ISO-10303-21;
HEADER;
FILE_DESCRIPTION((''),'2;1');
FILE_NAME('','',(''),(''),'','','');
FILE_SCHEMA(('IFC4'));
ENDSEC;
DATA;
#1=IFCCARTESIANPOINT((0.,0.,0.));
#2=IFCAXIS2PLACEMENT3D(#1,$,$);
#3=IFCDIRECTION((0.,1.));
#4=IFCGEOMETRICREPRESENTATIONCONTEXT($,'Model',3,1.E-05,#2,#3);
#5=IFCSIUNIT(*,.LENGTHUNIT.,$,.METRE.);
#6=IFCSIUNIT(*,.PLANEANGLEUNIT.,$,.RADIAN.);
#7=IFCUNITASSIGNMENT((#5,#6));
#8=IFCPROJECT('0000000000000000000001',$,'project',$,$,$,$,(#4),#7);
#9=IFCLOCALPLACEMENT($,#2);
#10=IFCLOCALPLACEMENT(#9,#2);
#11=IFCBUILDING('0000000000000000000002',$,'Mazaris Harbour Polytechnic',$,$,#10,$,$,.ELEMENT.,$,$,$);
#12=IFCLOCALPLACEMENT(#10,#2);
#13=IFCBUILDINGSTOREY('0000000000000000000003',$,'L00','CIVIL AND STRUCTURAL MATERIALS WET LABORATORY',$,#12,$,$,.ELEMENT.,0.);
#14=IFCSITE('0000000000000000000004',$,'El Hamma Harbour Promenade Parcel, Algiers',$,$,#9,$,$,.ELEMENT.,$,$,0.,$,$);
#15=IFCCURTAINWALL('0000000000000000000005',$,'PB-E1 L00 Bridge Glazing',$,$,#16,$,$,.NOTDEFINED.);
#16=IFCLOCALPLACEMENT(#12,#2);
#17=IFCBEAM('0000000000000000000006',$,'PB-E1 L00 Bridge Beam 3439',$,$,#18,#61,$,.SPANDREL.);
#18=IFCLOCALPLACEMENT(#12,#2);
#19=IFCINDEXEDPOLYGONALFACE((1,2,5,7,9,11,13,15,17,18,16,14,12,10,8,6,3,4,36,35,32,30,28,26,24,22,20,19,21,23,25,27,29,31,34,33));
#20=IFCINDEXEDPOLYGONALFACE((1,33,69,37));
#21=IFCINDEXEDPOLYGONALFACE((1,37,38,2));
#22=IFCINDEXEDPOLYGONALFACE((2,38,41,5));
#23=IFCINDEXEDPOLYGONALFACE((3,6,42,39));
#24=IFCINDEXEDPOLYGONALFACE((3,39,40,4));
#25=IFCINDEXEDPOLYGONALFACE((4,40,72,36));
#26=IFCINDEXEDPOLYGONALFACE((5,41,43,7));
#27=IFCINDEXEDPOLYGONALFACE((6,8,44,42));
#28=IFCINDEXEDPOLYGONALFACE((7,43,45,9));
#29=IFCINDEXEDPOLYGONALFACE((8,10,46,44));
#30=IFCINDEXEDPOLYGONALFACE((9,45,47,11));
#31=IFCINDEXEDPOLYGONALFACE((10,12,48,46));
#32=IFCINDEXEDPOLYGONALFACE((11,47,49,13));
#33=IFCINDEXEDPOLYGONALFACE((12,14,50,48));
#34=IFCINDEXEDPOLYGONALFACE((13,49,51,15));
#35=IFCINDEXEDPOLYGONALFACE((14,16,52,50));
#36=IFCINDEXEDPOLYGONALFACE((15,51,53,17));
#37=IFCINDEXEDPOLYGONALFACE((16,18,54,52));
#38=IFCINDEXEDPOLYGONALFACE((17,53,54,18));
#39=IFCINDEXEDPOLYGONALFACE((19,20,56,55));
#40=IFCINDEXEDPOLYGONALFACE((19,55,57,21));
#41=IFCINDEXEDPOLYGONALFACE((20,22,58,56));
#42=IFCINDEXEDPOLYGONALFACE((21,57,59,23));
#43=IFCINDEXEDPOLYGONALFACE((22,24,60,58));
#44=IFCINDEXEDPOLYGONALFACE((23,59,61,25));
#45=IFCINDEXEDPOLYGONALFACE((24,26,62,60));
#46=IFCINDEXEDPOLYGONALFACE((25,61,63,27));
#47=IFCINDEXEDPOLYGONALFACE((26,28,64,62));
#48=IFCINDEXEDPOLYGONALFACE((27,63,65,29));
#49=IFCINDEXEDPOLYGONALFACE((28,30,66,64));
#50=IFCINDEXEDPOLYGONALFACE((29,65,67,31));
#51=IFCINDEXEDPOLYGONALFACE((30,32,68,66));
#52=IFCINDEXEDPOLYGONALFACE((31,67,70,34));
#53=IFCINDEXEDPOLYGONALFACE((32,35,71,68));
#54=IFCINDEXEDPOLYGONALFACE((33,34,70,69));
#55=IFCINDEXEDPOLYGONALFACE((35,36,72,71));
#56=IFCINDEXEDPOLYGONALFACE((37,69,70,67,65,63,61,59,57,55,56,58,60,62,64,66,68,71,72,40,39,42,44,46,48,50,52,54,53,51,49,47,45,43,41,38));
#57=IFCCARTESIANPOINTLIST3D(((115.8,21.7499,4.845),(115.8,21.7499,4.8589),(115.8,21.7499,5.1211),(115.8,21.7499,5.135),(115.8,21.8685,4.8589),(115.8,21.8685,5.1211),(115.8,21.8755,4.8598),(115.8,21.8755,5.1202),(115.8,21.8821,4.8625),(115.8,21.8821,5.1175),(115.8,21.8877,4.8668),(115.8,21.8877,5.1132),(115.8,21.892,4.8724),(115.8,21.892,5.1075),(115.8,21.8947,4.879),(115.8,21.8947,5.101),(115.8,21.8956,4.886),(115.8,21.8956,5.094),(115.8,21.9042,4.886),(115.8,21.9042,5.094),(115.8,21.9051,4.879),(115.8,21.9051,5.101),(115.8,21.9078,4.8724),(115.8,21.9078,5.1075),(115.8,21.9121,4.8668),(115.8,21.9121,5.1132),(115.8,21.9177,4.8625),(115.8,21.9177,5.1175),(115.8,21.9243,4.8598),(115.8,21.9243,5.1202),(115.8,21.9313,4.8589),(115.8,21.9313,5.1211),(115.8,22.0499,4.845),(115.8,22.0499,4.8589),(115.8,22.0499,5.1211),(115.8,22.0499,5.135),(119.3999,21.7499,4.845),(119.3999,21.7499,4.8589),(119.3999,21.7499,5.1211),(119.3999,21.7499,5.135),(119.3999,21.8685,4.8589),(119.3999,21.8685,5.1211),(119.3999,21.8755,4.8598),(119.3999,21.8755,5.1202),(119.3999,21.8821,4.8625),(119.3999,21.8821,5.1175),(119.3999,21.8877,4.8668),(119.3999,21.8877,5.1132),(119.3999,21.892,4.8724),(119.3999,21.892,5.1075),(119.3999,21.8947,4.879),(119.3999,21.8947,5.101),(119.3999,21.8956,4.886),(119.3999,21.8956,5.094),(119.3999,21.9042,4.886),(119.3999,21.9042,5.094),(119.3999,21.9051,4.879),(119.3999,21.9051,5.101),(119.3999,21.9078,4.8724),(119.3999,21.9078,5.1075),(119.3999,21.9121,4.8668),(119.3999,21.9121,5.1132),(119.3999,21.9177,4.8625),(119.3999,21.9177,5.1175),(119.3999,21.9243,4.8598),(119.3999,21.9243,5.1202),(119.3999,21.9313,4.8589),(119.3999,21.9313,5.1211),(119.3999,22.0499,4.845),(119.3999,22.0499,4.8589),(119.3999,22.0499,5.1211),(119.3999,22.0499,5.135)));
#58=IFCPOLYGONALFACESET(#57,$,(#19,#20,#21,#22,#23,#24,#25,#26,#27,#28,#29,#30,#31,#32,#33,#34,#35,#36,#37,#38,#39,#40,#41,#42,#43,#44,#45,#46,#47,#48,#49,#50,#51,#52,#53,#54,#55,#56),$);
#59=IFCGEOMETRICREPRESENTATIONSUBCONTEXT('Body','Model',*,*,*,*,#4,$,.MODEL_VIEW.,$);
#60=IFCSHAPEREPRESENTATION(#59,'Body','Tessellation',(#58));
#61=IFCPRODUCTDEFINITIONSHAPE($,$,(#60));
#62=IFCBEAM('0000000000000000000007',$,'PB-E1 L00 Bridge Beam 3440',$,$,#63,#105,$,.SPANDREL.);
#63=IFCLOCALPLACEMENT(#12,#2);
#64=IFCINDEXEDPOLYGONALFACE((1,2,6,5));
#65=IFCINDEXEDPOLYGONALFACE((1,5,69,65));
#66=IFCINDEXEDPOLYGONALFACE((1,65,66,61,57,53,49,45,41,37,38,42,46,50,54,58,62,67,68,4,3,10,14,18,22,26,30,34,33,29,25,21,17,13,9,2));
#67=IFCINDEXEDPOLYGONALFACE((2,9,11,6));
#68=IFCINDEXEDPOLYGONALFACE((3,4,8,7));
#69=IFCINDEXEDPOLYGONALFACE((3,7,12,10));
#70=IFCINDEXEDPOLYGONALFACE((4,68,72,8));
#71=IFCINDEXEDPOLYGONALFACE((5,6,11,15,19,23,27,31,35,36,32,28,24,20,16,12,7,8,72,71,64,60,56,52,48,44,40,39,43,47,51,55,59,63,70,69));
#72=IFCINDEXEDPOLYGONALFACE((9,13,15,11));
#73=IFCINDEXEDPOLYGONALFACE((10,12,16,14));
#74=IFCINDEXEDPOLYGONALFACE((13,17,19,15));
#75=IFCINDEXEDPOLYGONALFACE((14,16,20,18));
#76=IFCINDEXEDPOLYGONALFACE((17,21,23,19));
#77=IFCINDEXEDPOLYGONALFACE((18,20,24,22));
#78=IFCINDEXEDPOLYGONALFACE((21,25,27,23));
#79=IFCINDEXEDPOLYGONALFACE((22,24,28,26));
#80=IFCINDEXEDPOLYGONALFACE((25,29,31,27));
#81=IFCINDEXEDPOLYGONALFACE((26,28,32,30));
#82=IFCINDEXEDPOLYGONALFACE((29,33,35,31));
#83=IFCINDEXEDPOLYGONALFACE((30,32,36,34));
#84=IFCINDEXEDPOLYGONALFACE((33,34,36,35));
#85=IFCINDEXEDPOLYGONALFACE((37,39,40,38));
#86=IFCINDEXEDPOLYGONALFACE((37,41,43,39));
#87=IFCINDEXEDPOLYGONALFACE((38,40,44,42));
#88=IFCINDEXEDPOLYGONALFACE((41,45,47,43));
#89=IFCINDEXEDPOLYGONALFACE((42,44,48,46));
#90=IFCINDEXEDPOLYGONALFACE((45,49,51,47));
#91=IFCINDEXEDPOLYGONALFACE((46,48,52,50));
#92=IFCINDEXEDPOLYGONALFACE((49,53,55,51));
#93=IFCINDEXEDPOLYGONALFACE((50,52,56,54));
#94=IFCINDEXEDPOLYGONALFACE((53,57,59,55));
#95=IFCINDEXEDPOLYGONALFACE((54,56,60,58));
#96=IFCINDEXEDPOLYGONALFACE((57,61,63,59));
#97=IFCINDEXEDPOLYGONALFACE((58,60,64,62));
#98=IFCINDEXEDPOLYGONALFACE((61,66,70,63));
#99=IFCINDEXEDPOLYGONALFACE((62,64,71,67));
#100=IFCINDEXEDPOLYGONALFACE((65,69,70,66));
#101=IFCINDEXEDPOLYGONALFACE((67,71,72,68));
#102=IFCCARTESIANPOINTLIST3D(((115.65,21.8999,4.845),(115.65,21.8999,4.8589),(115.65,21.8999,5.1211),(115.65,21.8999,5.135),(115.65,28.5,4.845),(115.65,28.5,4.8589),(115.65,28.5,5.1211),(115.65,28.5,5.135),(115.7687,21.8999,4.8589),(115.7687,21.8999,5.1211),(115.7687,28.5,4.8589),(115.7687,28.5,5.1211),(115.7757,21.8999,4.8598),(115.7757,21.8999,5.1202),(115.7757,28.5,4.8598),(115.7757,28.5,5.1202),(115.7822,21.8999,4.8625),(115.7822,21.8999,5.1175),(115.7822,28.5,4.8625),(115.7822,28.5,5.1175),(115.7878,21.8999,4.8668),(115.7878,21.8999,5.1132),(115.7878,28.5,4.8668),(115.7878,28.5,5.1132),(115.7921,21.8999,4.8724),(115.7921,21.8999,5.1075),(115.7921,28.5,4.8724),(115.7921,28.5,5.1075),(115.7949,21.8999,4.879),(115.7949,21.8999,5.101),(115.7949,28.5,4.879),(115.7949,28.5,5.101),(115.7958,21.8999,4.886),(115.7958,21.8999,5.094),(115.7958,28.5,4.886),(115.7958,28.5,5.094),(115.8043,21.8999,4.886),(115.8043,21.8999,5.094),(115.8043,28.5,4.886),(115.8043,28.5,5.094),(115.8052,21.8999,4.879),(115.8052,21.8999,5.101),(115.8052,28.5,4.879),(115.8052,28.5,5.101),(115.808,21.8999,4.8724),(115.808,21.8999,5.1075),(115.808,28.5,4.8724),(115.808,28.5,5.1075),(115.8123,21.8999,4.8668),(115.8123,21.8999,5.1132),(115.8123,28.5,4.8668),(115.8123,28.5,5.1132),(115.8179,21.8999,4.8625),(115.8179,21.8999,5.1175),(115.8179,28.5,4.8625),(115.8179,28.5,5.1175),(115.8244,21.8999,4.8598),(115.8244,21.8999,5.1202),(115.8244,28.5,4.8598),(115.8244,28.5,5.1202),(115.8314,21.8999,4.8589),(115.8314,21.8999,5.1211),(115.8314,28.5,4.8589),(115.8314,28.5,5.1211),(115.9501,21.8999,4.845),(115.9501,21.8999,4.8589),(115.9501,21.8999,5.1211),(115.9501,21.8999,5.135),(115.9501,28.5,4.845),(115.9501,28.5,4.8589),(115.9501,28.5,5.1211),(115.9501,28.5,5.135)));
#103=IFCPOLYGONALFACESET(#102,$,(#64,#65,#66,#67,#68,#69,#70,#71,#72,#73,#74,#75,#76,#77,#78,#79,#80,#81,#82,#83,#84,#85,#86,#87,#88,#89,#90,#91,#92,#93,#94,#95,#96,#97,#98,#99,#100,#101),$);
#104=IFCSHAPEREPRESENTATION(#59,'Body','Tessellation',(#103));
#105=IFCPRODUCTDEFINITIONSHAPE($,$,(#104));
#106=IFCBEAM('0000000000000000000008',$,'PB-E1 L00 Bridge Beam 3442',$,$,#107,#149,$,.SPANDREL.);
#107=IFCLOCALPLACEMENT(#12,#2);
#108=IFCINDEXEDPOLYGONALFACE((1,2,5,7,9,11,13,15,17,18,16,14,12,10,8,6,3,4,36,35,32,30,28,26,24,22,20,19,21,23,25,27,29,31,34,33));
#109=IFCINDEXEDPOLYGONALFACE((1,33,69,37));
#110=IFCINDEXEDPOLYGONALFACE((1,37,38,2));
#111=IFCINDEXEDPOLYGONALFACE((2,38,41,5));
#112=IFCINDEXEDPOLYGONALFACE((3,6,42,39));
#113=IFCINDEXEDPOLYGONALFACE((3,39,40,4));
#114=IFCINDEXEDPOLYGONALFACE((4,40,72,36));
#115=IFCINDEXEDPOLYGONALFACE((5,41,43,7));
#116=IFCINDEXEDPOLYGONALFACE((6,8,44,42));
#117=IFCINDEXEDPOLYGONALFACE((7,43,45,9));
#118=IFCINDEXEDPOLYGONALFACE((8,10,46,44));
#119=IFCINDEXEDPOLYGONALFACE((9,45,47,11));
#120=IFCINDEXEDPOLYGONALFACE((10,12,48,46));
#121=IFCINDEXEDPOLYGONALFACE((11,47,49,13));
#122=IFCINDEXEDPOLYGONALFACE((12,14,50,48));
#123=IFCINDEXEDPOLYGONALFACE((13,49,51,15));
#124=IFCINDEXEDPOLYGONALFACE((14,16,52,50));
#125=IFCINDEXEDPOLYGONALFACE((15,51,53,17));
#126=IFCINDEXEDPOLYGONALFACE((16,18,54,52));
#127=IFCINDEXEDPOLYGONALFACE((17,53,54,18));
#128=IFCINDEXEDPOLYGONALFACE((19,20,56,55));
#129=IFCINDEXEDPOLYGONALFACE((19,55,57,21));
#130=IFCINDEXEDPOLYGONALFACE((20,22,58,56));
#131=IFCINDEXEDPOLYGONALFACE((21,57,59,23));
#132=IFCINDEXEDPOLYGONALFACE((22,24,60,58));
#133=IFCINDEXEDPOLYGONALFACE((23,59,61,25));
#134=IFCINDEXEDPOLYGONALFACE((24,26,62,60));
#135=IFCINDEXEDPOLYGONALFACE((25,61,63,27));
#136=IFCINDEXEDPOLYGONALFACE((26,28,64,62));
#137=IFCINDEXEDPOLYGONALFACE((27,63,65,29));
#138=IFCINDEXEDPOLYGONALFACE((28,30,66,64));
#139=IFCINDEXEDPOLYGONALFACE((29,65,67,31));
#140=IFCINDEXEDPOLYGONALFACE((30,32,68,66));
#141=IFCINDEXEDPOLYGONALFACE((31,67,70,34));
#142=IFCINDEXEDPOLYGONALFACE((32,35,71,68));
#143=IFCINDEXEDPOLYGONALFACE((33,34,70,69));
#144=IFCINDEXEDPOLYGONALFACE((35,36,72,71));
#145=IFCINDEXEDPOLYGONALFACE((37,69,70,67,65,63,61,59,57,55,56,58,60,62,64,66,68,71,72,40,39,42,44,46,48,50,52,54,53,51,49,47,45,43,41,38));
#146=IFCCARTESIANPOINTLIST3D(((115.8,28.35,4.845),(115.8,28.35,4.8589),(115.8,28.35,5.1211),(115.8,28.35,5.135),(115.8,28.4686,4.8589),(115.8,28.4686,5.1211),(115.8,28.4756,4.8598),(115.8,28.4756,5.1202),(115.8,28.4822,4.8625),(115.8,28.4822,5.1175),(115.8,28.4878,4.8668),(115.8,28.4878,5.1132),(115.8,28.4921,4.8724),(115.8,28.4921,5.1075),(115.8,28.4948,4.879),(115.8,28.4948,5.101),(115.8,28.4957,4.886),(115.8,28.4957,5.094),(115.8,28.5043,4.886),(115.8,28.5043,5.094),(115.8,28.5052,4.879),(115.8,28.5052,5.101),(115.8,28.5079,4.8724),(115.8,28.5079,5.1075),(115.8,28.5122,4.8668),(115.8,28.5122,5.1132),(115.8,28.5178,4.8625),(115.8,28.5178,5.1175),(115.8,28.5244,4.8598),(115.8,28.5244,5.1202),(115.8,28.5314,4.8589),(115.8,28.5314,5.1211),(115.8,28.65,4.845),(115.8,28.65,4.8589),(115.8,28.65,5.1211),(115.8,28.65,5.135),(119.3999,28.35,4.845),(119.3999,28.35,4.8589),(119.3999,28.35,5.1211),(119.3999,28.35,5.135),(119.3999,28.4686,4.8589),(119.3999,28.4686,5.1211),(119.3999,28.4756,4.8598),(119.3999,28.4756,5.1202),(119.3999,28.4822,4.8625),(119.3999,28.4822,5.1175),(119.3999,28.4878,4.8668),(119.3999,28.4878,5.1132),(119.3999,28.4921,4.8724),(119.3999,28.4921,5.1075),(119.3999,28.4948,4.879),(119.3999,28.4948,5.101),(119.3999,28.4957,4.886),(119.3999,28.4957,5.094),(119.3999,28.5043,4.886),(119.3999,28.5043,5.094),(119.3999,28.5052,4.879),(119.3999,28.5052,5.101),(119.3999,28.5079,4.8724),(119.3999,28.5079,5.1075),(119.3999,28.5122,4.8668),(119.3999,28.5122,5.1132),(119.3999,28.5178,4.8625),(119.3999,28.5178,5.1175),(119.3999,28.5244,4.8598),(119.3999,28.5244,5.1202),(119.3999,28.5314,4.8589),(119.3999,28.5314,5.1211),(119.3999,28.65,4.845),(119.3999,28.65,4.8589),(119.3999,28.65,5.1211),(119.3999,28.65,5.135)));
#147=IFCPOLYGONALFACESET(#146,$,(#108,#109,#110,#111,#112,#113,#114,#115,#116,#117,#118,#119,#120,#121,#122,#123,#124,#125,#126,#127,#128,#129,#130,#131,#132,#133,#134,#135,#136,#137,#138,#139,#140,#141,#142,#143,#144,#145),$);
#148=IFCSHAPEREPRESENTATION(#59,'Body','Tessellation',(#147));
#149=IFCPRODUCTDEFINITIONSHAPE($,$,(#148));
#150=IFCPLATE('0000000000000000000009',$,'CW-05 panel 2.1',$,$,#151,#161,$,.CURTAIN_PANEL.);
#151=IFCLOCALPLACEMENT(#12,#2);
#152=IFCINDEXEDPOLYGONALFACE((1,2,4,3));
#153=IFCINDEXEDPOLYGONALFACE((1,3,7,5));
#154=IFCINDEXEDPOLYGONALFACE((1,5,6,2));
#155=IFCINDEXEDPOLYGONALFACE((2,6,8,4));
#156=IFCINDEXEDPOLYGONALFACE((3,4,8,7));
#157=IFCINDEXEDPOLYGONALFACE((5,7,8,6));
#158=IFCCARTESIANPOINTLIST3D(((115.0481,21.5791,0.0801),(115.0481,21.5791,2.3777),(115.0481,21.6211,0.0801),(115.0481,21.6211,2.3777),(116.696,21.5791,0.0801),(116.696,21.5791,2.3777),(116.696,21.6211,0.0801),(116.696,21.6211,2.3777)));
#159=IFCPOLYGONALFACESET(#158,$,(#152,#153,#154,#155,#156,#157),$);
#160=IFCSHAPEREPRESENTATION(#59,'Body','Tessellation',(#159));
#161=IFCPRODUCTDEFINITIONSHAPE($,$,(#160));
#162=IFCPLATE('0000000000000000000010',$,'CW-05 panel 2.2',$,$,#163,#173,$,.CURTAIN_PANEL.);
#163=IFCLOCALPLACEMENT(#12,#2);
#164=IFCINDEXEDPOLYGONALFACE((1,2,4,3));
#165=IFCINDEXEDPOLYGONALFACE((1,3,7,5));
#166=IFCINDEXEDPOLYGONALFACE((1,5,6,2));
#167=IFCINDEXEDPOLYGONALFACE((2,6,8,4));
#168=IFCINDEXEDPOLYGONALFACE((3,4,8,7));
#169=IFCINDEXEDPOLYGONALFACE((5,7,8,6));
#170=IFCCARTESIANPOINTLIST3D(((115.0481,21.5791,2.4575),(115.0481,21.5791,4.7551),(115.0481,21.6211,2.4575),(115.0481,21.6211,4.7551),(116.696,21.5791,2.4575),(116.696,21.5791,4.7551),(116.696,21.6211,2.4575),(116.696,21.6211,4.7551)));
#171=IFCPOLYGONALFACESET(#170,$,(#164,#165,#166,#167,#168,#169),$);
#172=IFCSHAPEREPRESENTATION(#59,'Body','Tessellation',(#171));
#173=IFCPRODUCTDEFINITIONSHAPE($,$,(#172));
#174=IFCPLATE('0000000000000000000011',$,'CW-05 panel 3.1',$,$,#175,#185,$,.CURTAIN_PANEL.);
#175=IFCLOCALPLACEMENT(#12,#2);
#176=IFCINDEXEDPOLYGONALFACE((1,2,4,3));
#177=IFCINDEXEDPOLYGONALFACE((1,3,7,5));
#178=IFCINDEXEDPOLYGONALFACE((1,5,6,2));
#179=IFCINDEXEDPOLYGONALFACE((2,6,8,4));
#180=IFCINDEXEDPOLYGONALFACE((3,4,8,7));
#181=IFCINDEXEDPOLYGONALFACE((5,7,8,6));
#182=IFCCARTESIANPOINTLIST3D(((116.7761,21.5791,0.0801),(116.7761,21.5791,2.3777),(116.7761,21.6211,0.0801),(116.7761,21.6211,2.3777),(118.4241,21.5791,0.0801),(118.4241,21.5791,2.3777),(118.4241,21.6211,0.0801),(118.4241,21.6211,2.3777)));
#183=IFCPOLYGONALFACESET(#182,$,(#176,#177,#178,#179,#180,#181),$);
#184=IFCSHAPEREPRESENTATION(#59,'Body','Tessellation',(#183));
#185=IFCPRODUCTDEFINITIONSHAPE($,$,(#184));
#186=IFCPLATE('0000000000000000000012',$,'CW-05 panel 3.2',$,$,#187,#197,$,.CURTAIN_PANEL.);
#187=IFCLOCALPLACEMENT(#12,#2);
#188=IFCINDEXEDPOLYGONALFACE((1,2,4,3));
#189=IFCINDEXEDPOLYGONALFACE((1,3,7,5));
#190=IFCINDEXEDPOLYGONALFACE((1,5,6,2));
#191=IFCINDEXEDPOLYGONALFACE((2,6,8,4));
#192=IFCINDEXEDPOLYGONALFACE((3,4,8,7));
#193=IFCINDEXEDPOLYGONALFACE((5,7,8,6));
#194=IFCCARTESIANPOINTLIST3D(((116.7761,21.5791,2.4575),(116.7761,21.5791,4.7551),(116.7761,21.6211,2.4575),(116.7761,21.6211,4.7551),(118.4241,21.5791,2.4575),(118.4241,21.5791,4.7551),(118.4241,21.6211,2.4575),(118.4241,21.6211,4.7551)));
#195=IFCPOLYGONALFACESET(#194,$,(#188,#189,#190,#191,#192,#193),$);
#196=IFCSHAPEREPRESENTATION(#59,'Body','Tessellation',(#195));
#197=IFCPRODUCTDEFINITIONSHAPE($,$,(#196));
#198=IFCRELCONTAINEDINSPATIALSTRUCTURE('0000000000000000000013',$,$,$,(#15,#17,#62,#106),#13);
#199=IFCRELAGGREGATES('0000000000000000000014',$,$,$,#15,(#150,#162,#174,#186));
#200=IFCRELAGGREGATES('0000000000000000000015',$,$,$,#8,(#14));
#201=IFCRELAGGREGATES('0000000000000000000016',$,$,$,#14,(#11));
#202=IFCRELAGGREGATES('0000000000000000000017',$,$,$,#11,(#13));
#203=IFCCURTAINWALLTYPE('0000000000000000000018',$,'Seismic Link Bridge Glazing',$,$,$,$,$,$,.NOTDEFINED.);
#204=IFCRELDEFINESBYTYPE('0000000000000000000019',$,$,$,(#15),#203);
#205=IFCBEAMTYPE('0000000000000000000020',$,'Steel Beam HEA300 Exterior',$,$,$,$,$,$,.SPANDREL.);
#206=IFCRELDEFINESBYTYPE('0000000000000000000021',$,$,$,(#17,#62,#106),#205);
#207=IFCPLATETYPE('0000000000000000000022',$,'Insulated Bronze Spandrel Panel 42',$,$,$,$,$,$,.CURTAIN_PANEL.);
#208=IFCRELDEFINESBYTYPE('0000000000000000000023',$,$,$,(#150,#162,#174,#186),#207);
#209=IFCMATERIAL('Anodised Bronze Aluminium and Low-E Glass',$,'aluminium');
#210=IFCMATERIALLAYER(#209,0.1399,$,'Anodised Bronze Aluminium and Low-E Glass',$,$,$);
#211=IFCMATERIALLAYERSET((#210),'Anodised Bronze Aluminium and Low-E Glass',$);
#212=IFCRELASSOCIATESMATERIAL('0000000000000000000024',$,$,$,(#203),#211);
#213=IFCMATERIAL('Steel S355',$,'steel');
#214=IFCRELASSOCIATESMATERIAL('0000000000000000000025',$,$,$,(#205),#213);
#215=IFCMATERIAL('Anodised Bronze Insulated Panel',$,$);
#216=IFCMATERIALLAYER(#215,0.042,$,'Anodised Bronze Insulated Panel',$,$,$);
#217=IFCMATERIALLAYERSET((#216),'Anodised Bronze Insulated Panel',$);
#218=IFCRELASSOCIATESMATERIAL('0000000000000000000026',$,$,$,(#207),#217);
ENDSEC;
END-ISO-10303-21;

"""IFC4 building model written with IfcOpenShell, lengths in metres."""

from ifc_helpers import new_model, si_unit, direction, frame, origin, origin_2d, place, context, subcontext, project, spatial, rectangle, i_section, extrude, material, layer, layer_set, material_profile, profile_set, type_object, element, aggregate, save


model = new_model("IFC4")

# Units and contexts
model_context = context("Model", 3, precision=1e-05, world=origin(), true_north=direction((0.0, 1.0)))
body_context = subcontext(model_context, "Body", "Model", "MODEL_VIEW")
ifc_project = project(units=[si_unit("LENGTHUNIT", "METRE"), si_unit("PLANEANGLEUNIT", "RADIAN")], contexts=[model_context])

# Site, building, storey
site_placement = place(None, origin())
site = spatial("IfcSite", under=ifc_project, at=site_placement, Name="El Hamma Harbour Promenade Parcel, Algiers", CompositionType="ELEMENT", RefElevation=0.0)
building_placement = place(site_placement, origin())
building = spatial("IfcBuilding", under=site, at=building_placement, Name="Mazaris Harbour Polytechnic", CompositionType="ELEMENT")
storey_placement = place(building_placement, origin())
storey = spatial("IfcBuildingStorey", under=building, at=storey_placement, Name="L00", Description="CIVIL AND STRUCTURAL MATERIALS WET LABORATORY", CompositionType="ELEMENT", Elevation=0.0)

# Curtain wall
ifc_material_1 = material(Name="Anodised Bronze Aluminium and Low-E Glass", Category="aluminium")
ifc_layer_1 = layer(ifc_material_1, 0.1399, Name="Anodised Bronze Aluminium and Low-E Glass")
ifc_layer_set_1 = layer_set([ifc_layer_1], Name="Anodised Bronze Aluminium and Low-E Glass")
curtain_wall_type = type_object("IfcCurtainWallType", Name="Seismic Link Bridge Glazing", PredefinedType="NOTDEFINED", material=ifc_layer_set_1)
curtain_wall_1_placement = place(storey_placement, origin())
curtain_wall_1 = element("IfcCurtainWall", 1, at=curtain_wall_1_placement, inside=storey, type_object=curtain_wall_type, Name="PB-E1 L00 Bridge Glazing", PredefinedType="NOTDEFINED")

# Beams
ifc_material_2 = material(Name="Steel S355", Category="steel")
ifc_material_profile_1 = material_profile(ifc_material_2, i_section(OverallWidth=0.3, OverallDepth=0.29, WebThickness=0.0085, FlangeThickness=0.0139, FilletRadius=0.0271, at=origin_2d()), Name="HEA 300")
ifc_profile_set_1 = profile_set([ifc_material_profile_1], Name="Steel S355")
beam_type = type_object("IfcBeamType", Name="Steel Beam HEA300 Exterior", PredefinedType="SPANDREL", material=ifc_profile_set_1)
beam_1_placement = place(storey_placement, frame((115.8, 21.8999, 4.99), z_axis=(1.0, 0.0, 0.0), x_axis=(0.0, 1.0, 0.0)))
element("IfcBeam", 2, at=beam_1_placement, inside=storey, type_object=beam_type, Name="PB-E1 L00 Bridge Beam 3439", PredefinedType="SPANDREL", context=body_context, shape_type="SweptSolid", body=[
    extrude(i_section(OverallWidth=0.3, OverallDepth=0.29, WebThickness=0.0085, FlangeThickness=0.0139, FilletRadius=0.0271, at=origin_2d()), origin(), (0.0, 0.0, 1.0), 3.5999),
])
beam_2_placement = place(storey_placement, frame((115.8, 21.8999, 4.99), z_axis=(0.0, 1.0, 0.0), x_axis=(-1.0, 0.0, 0.0)))
element("IfcBeam", 3, at=beam_2_placement, inside=storey, type_object=beam_type, Name="PB-E1 L00 Bridge Beam 3440", PredefinedType="SPANDREL", context=body_context, shape_type="SweptSolid", body=[
    extrude(i_section(OverallWidth=0.3, OverallDepth=0.29, WebThickness=0.0085, FlangeThickness=0.0139, FilletRadius=0.0271, at=origin_2d()), origin(), (0.0, 0.0, 1.0), 6.6001),
])
beam_3_placement = place(storey_placement, frame((115.8, 28.5, 4.99), z_axis=(1.0, 0.0, 0.0), x_axis=(0.0, 1.0, 0.0)))
element("IfcBeam", 4, at=beam_3_placement, inside=storey, type_object=beam_type, Name="PB-E1 L00 Bridge Beam 3442", PredefinedType="SPANDREL", context=body_context, shape_type="SweptSolid", body=[
    extrude(i_section(OverallWidth=0.3, OverallDepth=0.29, WebThickness=0.0085, FlangeThickness=0.0139, FilletRadius=0.0271, at=origin_2d()), origin(), (0.0, 0.0, 1.0), 3.5999),
])

# Plates
ifc_material_3 = material(Name="Anodised Bronze Insulated Panel")
ifc_layer_2 = layer(ifc_material_3, 0.042, Name="Anodised Bronze Insulated Panel")
ifc_layer_set_2 = layer_set([ifc_layer_2], Name="Anodised Bronze Insulated Panel")
plate_type_1 = type_object("IfcPlateType", Name="Insulated Bronze Spandrel Panel 42", PredefinedType="CURTAIN_PANEL", material=ifc_layer_set_2)
plate_1_placement = place(storey_placement, frame((115.8721, 21.6001, 0.0801), z_axis=(0.0, 0.0, 1.0), x_axis=(1.0, 0.0, 0.0)))
plate_1 = element("IfcPlate", 5, at=plate_1_placement, type_object=plate_type_1, Name="CW-05 panel 2.1", PredefinedType="CURTAIN_PANEL", context=body_context, shape_type="SweptSolid", body=[
    extrude(rectangle(XDim=1.6479, YDim=0.042, at=origin_2d()), origin(), (0.0, 0.0, 1.0), 2.2976),
])
plate_2_placement = place(storey_placement, frame((115.8721, 21.6001, 2.4575), z_axis=(0.0, 0.0, 1.0), x_axis=(1.0, 0.0, 0.0)))
plate_2 = element("IfcPlate", 6, at=plate_2_placement, type_object=plate_type_1, Name="CW-05 panel 2.2", PredefinedType="CURTAIN_PANEL", context=body_context, shape_type="SweptSolid", body=[
    extrude(rectangle(XDim=1.6479, YDim=0.042, at=origin_2d()), origin(), (0.0, 0.0, 1.0), 2.2976),
])
plate_3_placement = place(storey_placement, frame((117.6001, 21.6001, 0.0801), z_axis=(0.0, 0.0, 1.0), x_axis=(1.0, 0.0, 0.0)))
plate_3 = element("IfcPlate", 7, at=plate_3_placement, type_object=plate_type_1, Name="CW-05 panel 3.1", PredefinedType="CURTAIN_PANEL", context=body_context, shape_type="SweptSolid", body=[
    extrude(rectangle(XDim=1.6479, YDim=0.042, at=origin_2d()), origin(), (0.0, 0.0, 1.0), 2.2976),
])
plate_4_placement = place(storey_placement, frame((117.6001, 21.6001, 2.4575), z_axis=(0.0, 0.0, 1.0), x_axis=(1.0, 0.0, 0.0)))
plate_4 = element("IfcPlate", 8, at=plate_4_placement, type_object=plate_type_1, Name="CW-05 panel 3.2", PredefinedType="CURTAIN_PANEL", context=body_context, shape_type="SweptSolid", body=[
    extrude(rectangle(XDim=1.6479, YDim=0.042, at=origin_2d()), origin(), (0.0, 0.0, 1.0), 2.2976),
])
aggregate(curtain_wall_1, [plate_1, plate_2, plate_3, plate_4])

save(model, "model.ifc")
